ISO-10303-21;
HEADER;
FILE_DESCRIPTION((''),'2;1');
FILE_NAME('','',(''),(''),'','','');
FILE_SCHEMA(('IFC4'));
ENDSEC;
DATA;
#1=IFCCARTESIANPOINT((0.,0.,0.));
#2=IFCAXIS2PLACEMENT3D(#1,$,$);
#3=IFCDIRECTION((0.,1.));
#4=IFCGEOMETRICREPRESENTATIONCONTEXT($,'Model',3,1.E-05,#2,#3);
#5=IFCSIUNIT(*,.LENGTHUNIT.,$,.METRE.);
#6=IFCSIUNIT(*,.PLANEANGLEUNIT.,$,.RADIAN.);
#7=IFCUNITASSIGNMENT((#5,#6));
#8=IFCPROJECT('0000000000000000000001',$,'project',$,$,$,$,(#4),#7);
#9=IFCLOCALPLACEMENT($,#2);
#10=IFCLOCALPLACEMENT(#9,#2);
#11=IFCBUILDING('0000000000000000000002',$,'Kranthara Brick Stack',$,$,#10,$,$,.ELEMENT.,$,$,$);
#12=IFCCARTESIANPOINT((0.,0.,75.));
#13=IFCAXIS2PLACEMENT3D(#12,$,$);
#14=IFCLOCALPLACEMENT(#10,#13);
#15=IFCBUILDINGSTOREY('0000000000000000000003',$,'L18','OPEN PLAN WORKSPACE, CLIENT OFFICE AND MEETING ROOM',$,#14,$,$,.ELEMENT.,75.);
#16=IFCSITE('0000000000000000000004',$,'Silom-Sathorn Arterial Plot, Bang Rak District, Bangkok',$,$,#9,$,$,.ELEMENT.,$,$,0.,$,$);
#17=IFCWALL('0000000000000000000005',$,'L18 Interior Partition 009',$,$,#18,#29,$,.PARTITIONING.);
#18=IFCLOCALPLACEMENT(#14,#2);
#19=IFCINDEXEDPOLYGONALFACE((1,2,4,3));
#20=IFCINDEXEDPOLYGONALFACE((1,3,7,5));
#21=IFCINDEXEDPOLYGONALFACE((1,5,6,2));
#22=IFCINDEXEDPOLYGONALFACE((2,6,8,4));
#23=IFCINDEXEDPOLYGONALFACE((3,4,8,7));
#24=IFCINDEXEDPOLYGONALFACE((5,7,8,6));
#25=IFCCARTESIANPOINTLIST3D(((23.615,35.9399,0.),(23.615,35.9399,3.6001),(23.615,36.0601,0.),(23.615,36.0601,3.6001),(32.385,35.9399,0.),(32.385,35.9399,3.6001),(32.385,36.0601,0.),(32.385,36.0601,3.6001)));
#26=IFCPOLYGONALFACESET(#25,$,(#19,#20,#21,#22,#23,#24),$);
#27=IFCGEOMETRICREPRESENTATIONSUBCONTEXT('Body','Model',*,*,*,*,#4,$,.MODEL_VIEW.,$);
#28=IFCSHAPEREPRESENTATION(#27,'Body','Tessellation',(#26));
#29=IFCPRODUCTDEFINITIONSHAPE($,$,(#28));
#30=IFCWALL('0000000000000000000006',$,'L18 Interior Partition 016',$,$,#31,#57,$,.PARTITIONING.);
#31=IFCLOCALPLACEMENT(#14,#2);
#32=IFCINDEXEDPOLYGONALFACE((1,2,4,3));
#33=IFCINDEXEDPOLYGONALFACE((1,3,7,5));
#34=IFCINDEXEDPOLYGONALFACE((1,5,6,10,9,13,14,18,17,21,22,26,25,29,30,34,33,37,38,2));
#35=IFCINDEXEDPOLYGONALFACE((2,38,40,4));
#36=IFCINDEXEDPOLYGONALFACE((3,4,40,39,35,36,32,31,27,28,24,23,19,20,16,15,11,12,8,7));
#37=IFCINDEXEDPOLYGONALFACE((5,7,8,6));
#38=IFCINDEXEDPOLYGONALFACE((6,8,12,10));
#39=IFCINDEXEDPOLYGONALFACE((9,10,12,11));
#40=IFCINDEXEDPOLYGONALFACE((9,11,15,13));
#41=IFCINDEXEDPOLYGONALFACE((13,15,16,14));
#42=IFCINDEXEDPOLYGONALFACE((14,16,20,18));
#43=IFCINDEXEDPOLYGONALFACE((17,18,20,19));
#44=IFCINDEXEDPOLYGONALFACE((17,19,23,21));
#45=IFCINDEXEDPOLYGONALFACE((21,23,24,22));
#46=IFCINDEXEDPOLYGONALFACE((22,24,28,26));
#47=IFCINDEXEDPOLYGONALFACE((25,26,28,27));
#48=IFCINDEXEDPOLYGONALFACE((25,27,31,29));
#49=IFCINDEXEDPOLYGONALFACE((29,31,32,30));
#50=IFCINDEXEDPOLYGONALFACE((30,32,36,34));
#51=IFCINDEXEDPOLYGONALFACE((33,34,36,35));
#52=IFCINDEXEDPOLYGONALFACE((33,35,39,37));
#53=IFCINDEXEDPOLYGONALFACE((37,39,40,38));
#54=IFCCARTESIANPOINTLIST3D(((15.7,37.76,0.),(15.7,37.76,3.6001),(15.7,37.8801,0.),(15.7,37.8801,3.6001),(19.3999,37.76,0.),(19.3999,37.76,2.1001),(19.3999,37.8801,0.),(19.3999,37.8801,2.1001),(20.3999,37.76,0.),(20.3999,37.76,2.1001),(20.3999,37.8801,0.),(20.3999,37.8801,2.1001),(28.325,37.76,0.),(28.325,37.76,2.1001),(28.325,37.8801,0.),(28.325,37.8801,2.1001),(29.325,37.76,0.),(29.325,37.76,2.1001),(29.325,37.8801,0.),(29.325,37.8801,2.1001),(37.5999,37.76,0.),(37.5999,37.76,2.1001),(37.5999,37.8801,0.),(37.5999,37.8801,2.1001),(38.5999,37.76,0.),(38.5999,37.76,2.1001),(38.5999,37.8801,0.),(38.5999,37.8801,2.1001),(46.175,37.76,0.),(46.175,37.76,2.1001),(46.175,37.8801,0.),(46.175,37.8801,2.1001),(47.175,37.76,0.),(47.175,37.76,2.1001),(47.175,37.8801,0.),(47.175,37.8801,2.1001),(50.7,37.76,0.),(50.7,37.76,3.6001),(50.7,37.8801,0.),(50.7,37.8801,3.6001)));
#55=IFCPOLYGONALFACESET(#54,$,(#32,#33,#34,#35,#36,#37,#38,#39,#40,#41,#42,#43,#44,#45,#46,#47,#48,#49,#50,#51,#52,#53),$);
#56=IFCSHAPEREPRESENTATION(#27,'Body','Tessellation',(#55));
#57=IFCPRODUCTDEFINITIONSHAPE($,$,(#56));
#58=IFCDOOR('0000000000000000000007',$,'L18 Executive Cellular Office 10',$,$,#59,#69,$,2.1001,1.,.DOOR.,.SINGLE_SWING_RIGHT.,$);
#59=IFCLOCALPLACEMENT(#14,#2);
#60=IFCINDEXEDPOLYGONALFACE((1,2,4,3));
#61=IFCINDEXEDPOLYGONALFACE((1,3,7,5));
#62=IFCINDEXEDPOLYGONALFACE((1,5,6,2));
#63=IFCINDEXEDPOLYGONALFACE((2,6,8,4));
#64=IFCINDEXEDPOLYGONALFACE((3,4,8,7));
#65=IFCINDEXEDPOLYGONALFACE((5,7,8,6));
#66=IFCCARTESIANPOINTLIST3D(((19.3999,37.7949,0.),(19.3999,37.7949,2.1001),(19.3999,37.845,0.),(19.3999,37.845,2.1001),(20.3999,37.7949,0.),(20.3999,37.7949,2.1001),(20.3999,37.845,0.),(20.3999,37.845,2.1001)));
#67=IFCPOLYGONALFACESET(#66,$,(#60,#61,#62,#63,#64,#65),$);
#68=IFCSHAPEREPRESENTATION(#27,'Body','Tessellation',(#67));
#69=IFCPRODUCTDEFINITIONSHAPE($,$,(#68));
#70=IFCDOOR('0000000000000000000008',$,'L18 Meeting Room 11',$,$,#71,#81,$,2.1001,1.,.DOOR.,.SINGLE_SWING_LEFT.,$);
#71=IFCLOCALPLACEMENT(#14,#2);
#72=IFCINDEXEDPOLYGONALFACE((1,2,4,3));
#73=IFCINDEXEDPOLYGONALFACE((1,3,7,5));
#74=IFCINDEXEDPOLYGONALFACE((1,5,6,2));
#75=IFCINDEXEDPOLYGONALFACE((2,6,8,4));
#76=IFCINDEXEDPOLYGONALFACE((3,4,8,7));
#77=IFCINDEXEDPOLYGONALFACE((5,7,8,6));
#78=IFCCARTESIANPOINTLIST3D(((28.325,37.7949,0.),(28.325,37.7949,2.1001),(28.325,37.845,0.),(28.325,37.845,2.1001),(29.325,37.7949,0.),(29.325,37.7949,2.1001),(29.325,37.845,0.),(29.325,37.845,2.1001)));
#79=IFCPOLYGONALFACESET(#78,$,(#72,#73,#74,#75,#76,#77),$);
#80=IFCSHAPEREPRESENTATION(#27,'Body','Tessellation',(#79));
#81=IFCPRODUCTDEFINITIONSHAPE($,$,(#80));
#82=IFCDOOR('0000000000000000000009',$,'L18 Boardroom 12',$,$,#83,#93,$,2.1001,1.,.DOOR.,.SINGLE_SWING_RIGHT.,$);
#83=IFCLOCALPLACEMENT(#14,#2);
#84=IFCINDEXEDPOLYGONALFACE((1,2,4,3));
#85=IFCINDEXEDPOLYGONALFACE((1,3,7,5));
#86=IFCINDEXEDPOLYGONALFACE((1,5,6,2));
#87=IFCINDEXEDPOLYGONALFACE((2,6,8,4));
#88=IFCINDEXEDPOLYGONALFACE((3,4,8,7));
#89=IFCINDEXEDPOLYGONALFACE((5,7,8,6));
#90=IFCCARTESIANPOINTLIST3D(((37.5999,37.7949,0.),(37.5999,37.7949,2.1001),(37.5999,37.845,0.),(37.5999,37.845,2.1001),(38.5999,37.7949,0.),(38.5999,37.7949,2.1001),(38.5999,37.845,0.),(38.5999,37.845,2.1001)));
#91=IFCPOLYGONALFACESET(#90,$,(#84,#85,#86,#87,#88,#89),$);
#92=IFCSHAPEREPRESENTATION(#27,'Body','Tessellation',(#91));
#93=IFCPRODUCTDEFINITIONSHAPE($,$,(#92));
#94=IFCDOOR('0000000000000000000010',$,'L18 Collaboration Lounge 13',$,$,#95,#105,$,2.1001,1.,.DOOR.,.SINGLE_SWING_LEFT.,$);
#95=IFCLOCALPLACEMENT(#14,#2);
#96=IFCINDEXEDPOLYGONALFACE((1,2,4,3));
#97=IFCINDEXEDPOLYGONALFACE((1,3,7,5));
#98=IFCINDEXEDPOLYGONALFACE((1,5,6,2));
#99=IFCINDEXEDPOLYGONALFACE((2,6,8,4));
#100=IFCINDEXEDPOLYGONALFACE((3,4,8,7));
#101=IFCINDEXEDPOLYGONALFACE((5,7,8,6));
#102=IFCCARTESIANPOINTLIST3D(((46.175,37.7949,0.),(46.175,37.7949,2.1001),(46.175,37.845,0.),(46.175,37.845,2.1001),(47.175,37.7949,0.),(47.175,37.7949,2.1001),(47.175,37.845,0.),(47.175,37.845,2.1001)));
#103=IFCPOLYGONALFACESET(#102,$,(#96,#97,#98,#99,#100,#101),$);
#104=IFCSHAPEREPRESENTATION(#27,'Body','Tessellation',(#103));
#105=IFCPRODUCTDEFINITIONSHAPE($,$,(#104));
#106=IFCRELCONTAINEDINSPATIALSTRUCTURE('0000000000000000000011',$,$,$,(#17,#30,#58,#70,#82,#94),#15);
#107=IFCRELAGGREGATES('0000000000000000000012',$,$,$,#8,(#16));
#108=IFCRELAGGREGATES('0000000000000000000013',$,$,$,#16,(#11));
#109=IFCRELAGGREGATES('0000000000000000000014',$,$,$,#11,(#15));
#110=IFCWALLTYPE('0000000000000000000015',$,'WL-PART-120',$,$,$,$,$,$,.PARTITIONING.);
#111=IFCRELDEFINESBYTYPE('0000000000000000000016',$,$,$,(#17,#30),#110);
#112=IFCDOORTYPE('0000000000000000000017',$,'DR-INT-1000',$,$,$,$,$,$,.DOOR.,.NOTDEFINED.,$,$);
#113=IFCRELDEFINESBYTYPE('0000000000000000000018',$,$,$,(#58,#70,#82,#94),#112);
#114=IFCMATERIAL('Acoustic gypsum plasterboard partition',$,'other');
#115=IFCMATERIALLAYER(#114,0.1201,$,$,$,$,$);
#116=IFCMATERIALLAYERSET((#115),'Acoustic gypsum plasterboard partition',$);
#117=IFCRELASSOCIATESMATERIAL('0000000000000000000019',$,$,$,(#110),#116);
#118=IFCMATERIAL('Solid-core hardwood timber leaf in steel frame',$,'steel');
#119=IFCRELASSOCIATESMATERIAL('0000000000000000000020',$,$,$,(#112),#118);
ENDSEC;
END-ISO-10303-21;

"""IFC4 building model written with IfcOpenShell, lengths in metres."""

from ifc_helpers import new_model, si_unit, direction, frame, frame_2d, origin, place, context, subcontext, project, spatial, rectangle, extrude, material, layer, layer_set, type_object, element, fill, save


model = new_model("IFC4")

# Units and contexts
model_context = context("Model", 3, precision=1e-05, world=origin(), true_north=direction((0.0, 1.0)))
body_context = subcontext(model_context, "Body", "Model", "MODEL_VIEW")
ifc_project = project(units=[si_unit("LENGTHUNIT", "METRE"), si_unit("PLANEANGLEUNIT", "RADIAN")], contexts=[model_context])

# Site, building, storey
site_placement = place(None, origin())
site = spatial("IfcSite", under=ifc_project, at=site_placement, Name="Silom-Sathorn Arterial Plot, Bang Rak District, Bangkok", CompositionType="ELEMENT", RefElevation=0.0)
building_placement = place(site_placement, origin())
building = spatial("IfcBuilding", under=site, at=building_placement, Name="Kranthara Brick Stack", CompositionType="ELEMENT")
storey_placement = place(building_placement, frame((0.0, 0.0, 75.0)))
storey = spatial("IfcBuildingStorey", under=building, at=storey_placement, Name="L18", Description="OPEN PLAN WORKSPACE, CLIENT OFFICE AND MEETING ROOM", CompositionType="ELEMENT", Elevation=75.0)

# Wall
ifc_material_1 = material(Name="Acoustic gypsum plasterboard partition", Category="other")
ifc_layer_1 = layer(ifc_material_1, 0.1201)
ifc_layer_set_1 = layer_set([ifc_layer_1], Name="Acoustic gypsum plasterboard partition")
wall_type_1 = type_object("IfcWallType", Name="WL-PART-120", PredefinedType="PARTITIONING", material=ifc_layer_set_1)
wall_1_placement = place(storey_placement, frame((23.615, 36.0, 0.0), z_axis=(0.0, 0.0, 1.0), x_axis=(1.0, 0.0, 0.0)))
element("IfcWall", 1, at=wall_1_placement, inside=storey, type_object=wall_type_1, Name="L18 Interior Partition 009", PredefinedType="PARTITIONING", context=body_context, shape_type="SweptSolid", body=[
    extrude(rectangle(XDim=8.77, YDim=0.1201, at=frame_2d((4.385, 0.0))), origin(), (0.0, 0.0, 1.0), 3.6001),
])

# Wall, openings, doors
wall_2_placement = place(storey_placement, frame((15.7, 37.8201, 0.0), z_axis=(0.0, 0.0, 1.0), x_axis=(1.0, 0.0, 0.0)))
wall_2 = element("IfcWall", 2, at=wall_2_placement, inside=storey, type_object=wall_type_1, Name="L18 Interior Partition 016", PredefinedType="PARTITIONING", context=body_context, shape_type="SweptSolid", body=[
    extrude(rectangle(XDim=35.0, YDim=0.1201, at=frame_2d((17.5, 0.0))), origin(), (0.0, 0.0, 1.0), 3.6001),
])
opening_1_placement = place(wall_2_placement, frame((3.7, 0.0, 0.0)))
opening_1 = element("IfcOpeningElement", 3, at=opening_1_placement, cuts=wall_2, PredefinedType="OPENING", context=body_context, shape_type="SweptSolid", body=[
    extrude(rectangle(XDim=1.0, YDim=2.1001, at=frame_2d((0.5, 1.05))), frame((0.0, 0.0701, 0.0), z_axis=(0.0, -1.0, 0.0), x_axis=(1.0, 0.0, 0.0)), (0.0, 0.0, 1.0), 0.1401),
])
opening_2_placement = place(wall_2_placement, frame((12.625, 0.0, 0.0)))
opening_2 = element("IfcOpeningElement", 4, at=opening_2_placement, cuts=wall_2, PredefinedType="OPENING", context=body_context, shape_type="SweptSolid", body=[
    extrude(rectangle(XDim=1.0, YDim=2.1001, at=frame_2d((0.5, 1.05))), frame((0.0, 0.0701, 0.0), z_axis=(0.0, -1.0, 0.0), x_axis=(1.0, 0.0, 0.0)), (0.0, 0.0, 1.0), 0.1401),
])
opening_3_placement = place(wall_2_placement, frame((21.8999, 0.0, 0.0)))
opening_3 = element("IfcOpeningElement", 5, at=opening_3_placement, cuts=wall_2, PredefinedType="OPENING", context=body_context, shape_type="SweptSolid", body=[
    extrude(rectangle(XDim=1.0, YDim=2.1001, at=frame_2d((0.5, 1.05))), frame((0.0, 0.0701, 0.0), z_axis=(0.0, -1.0, 0.0), x_axis=(1.0, 0.0, 0.0)), (0.0, 0.0, 1.0), 0.1401),
])
opening_4_placement = place(wall_2_placement, frame((30.4751, 0.0, 0.0)))
opening_4 = element("IfcOpeningElement", 6, at=opening_4_placement, cuts=wall_2, PredefinedType="OPENING", context=body_context, shape_type="SweptSolid", body=[
    extrude(rectangle(XDim=1.0, YDim=2.1001, at=frame_2d((0.5, 1.05))), frame((0.0, 0.0701, 0.0), z_axis=(0.0, -1.0, 0.0), x_axis=(1.0, 0.0, 0.0)), (0.0, 0.0, 1.0), 0.1401),
])
ifc_material_2 = material(Name="Solid-core hardwood timber leaf in steel frame", Category="steel")
door_type_1 = type_object("IfcDoorType", Name="DR-INT-1000", OperationType="NOTDEFINED", PredefinedType="DOOR", material=ifc_material_2)
door_1_placement = place(opening_1_placement, origin())
door_1 = element("IfcDoor", 7, at=door_1_placement, inside=storey, type_object=door_type_1, Name="L18 Executive Cellular Office 10", OperationType="SINGLE_SWING_RIGHT", OverallHeight=2.1001, OverallWidth=1.0, PredefinedType="DOOR", context=body_context, shape_type="SweptSolid", body=[
    extrude(rectangle(XDim=1.0, YDim=2.1001, at=frame_2d((0.5, 1.05))), frame((0.0, 0.0249, 0.0), z_axis=(0.0, -1.0, 0.0), x_axis=(1.0, 0.0, 0.0)), (0.0, 0.0, 1.0), 0.05),
])
fill(opening_1, door_1)
door_2_placement = place(opening_2_placement, origin())
door_2 = element("IfcDoor", 8, at=door_2_placement, inside=storey, type_object=door_type_1, Name="L18 Meeting Room 11", OperationType="SINGLE_SWING_LEFT", OverallHeight=2.1001, OverallWidth=1.0, PredefinedType="DOOR", context=body_context, shape_type="SweptSolid", body=[
    extrude(rectangle(XDim=1.0, YDim=2.1001, at=frame_2d((0.5, 1.05))), frame((0.0, 0.0249, 0.0), z_axis=(0.0, -1.0, 0.0), x_axis=(1.0, 0.0, 0.0)), (0.0, 0.0, 1.0), 0.05),
])
fill(opening_2, door_2)
door_3_placement = place(opening_3_placement, origin())
door_3 = element("IfcDoor", 9, at=door_3_placement, inside=storey, type_object=door_type_1, Name="L18 Boardroom 12", OperationType="SINGLE_SWING_RIGHT", OverallHeight=2.1001, OverallWidth=1.0, PredefinedType="DOOR", context=body_context, shape_type="SweptSolid", body=[
    extrude(rectangle(XDim=1.0, YDim=2.1001, at=frame_2d((0.5, 1.05))), frame((0.0, 0.0249, 0.0), z_axis=(0.0, -1.0, 0.0), x_axis=(1.0, 0.0, 0.0)), (0.0, 0.0, 1.0), 0.05),
])
fill(opening_3, door_3)
door_4_placement = place(opening_4_placement, origin())
door_4 = element("IfcDoor", 10, at=door_4_placement, inside=storey, type_object=door_type_1, Name="L18 Collaboration Lounge 13", OperationType="SINGLE_SWING_LEFT", OverallHeight=2.1001, OverallWidth=1.0, PredefinedType="DOOR", context=body_context, shape_type="SweptSolid", body=[
    extrude(rectangle(XDim=1.0, YDim=2.1001, at=frame_2d((0.5, 1.05))), frame((0.0, 0.0249, 0.0), z_axis=(0.0, -1.0, 0.0), x_axis=(1.0, 0.0, 0.0)), (0.0, 0.0, 1.0), 0.05),
])
fill(opening_4, door_4)

save(model, "model.ifc")
